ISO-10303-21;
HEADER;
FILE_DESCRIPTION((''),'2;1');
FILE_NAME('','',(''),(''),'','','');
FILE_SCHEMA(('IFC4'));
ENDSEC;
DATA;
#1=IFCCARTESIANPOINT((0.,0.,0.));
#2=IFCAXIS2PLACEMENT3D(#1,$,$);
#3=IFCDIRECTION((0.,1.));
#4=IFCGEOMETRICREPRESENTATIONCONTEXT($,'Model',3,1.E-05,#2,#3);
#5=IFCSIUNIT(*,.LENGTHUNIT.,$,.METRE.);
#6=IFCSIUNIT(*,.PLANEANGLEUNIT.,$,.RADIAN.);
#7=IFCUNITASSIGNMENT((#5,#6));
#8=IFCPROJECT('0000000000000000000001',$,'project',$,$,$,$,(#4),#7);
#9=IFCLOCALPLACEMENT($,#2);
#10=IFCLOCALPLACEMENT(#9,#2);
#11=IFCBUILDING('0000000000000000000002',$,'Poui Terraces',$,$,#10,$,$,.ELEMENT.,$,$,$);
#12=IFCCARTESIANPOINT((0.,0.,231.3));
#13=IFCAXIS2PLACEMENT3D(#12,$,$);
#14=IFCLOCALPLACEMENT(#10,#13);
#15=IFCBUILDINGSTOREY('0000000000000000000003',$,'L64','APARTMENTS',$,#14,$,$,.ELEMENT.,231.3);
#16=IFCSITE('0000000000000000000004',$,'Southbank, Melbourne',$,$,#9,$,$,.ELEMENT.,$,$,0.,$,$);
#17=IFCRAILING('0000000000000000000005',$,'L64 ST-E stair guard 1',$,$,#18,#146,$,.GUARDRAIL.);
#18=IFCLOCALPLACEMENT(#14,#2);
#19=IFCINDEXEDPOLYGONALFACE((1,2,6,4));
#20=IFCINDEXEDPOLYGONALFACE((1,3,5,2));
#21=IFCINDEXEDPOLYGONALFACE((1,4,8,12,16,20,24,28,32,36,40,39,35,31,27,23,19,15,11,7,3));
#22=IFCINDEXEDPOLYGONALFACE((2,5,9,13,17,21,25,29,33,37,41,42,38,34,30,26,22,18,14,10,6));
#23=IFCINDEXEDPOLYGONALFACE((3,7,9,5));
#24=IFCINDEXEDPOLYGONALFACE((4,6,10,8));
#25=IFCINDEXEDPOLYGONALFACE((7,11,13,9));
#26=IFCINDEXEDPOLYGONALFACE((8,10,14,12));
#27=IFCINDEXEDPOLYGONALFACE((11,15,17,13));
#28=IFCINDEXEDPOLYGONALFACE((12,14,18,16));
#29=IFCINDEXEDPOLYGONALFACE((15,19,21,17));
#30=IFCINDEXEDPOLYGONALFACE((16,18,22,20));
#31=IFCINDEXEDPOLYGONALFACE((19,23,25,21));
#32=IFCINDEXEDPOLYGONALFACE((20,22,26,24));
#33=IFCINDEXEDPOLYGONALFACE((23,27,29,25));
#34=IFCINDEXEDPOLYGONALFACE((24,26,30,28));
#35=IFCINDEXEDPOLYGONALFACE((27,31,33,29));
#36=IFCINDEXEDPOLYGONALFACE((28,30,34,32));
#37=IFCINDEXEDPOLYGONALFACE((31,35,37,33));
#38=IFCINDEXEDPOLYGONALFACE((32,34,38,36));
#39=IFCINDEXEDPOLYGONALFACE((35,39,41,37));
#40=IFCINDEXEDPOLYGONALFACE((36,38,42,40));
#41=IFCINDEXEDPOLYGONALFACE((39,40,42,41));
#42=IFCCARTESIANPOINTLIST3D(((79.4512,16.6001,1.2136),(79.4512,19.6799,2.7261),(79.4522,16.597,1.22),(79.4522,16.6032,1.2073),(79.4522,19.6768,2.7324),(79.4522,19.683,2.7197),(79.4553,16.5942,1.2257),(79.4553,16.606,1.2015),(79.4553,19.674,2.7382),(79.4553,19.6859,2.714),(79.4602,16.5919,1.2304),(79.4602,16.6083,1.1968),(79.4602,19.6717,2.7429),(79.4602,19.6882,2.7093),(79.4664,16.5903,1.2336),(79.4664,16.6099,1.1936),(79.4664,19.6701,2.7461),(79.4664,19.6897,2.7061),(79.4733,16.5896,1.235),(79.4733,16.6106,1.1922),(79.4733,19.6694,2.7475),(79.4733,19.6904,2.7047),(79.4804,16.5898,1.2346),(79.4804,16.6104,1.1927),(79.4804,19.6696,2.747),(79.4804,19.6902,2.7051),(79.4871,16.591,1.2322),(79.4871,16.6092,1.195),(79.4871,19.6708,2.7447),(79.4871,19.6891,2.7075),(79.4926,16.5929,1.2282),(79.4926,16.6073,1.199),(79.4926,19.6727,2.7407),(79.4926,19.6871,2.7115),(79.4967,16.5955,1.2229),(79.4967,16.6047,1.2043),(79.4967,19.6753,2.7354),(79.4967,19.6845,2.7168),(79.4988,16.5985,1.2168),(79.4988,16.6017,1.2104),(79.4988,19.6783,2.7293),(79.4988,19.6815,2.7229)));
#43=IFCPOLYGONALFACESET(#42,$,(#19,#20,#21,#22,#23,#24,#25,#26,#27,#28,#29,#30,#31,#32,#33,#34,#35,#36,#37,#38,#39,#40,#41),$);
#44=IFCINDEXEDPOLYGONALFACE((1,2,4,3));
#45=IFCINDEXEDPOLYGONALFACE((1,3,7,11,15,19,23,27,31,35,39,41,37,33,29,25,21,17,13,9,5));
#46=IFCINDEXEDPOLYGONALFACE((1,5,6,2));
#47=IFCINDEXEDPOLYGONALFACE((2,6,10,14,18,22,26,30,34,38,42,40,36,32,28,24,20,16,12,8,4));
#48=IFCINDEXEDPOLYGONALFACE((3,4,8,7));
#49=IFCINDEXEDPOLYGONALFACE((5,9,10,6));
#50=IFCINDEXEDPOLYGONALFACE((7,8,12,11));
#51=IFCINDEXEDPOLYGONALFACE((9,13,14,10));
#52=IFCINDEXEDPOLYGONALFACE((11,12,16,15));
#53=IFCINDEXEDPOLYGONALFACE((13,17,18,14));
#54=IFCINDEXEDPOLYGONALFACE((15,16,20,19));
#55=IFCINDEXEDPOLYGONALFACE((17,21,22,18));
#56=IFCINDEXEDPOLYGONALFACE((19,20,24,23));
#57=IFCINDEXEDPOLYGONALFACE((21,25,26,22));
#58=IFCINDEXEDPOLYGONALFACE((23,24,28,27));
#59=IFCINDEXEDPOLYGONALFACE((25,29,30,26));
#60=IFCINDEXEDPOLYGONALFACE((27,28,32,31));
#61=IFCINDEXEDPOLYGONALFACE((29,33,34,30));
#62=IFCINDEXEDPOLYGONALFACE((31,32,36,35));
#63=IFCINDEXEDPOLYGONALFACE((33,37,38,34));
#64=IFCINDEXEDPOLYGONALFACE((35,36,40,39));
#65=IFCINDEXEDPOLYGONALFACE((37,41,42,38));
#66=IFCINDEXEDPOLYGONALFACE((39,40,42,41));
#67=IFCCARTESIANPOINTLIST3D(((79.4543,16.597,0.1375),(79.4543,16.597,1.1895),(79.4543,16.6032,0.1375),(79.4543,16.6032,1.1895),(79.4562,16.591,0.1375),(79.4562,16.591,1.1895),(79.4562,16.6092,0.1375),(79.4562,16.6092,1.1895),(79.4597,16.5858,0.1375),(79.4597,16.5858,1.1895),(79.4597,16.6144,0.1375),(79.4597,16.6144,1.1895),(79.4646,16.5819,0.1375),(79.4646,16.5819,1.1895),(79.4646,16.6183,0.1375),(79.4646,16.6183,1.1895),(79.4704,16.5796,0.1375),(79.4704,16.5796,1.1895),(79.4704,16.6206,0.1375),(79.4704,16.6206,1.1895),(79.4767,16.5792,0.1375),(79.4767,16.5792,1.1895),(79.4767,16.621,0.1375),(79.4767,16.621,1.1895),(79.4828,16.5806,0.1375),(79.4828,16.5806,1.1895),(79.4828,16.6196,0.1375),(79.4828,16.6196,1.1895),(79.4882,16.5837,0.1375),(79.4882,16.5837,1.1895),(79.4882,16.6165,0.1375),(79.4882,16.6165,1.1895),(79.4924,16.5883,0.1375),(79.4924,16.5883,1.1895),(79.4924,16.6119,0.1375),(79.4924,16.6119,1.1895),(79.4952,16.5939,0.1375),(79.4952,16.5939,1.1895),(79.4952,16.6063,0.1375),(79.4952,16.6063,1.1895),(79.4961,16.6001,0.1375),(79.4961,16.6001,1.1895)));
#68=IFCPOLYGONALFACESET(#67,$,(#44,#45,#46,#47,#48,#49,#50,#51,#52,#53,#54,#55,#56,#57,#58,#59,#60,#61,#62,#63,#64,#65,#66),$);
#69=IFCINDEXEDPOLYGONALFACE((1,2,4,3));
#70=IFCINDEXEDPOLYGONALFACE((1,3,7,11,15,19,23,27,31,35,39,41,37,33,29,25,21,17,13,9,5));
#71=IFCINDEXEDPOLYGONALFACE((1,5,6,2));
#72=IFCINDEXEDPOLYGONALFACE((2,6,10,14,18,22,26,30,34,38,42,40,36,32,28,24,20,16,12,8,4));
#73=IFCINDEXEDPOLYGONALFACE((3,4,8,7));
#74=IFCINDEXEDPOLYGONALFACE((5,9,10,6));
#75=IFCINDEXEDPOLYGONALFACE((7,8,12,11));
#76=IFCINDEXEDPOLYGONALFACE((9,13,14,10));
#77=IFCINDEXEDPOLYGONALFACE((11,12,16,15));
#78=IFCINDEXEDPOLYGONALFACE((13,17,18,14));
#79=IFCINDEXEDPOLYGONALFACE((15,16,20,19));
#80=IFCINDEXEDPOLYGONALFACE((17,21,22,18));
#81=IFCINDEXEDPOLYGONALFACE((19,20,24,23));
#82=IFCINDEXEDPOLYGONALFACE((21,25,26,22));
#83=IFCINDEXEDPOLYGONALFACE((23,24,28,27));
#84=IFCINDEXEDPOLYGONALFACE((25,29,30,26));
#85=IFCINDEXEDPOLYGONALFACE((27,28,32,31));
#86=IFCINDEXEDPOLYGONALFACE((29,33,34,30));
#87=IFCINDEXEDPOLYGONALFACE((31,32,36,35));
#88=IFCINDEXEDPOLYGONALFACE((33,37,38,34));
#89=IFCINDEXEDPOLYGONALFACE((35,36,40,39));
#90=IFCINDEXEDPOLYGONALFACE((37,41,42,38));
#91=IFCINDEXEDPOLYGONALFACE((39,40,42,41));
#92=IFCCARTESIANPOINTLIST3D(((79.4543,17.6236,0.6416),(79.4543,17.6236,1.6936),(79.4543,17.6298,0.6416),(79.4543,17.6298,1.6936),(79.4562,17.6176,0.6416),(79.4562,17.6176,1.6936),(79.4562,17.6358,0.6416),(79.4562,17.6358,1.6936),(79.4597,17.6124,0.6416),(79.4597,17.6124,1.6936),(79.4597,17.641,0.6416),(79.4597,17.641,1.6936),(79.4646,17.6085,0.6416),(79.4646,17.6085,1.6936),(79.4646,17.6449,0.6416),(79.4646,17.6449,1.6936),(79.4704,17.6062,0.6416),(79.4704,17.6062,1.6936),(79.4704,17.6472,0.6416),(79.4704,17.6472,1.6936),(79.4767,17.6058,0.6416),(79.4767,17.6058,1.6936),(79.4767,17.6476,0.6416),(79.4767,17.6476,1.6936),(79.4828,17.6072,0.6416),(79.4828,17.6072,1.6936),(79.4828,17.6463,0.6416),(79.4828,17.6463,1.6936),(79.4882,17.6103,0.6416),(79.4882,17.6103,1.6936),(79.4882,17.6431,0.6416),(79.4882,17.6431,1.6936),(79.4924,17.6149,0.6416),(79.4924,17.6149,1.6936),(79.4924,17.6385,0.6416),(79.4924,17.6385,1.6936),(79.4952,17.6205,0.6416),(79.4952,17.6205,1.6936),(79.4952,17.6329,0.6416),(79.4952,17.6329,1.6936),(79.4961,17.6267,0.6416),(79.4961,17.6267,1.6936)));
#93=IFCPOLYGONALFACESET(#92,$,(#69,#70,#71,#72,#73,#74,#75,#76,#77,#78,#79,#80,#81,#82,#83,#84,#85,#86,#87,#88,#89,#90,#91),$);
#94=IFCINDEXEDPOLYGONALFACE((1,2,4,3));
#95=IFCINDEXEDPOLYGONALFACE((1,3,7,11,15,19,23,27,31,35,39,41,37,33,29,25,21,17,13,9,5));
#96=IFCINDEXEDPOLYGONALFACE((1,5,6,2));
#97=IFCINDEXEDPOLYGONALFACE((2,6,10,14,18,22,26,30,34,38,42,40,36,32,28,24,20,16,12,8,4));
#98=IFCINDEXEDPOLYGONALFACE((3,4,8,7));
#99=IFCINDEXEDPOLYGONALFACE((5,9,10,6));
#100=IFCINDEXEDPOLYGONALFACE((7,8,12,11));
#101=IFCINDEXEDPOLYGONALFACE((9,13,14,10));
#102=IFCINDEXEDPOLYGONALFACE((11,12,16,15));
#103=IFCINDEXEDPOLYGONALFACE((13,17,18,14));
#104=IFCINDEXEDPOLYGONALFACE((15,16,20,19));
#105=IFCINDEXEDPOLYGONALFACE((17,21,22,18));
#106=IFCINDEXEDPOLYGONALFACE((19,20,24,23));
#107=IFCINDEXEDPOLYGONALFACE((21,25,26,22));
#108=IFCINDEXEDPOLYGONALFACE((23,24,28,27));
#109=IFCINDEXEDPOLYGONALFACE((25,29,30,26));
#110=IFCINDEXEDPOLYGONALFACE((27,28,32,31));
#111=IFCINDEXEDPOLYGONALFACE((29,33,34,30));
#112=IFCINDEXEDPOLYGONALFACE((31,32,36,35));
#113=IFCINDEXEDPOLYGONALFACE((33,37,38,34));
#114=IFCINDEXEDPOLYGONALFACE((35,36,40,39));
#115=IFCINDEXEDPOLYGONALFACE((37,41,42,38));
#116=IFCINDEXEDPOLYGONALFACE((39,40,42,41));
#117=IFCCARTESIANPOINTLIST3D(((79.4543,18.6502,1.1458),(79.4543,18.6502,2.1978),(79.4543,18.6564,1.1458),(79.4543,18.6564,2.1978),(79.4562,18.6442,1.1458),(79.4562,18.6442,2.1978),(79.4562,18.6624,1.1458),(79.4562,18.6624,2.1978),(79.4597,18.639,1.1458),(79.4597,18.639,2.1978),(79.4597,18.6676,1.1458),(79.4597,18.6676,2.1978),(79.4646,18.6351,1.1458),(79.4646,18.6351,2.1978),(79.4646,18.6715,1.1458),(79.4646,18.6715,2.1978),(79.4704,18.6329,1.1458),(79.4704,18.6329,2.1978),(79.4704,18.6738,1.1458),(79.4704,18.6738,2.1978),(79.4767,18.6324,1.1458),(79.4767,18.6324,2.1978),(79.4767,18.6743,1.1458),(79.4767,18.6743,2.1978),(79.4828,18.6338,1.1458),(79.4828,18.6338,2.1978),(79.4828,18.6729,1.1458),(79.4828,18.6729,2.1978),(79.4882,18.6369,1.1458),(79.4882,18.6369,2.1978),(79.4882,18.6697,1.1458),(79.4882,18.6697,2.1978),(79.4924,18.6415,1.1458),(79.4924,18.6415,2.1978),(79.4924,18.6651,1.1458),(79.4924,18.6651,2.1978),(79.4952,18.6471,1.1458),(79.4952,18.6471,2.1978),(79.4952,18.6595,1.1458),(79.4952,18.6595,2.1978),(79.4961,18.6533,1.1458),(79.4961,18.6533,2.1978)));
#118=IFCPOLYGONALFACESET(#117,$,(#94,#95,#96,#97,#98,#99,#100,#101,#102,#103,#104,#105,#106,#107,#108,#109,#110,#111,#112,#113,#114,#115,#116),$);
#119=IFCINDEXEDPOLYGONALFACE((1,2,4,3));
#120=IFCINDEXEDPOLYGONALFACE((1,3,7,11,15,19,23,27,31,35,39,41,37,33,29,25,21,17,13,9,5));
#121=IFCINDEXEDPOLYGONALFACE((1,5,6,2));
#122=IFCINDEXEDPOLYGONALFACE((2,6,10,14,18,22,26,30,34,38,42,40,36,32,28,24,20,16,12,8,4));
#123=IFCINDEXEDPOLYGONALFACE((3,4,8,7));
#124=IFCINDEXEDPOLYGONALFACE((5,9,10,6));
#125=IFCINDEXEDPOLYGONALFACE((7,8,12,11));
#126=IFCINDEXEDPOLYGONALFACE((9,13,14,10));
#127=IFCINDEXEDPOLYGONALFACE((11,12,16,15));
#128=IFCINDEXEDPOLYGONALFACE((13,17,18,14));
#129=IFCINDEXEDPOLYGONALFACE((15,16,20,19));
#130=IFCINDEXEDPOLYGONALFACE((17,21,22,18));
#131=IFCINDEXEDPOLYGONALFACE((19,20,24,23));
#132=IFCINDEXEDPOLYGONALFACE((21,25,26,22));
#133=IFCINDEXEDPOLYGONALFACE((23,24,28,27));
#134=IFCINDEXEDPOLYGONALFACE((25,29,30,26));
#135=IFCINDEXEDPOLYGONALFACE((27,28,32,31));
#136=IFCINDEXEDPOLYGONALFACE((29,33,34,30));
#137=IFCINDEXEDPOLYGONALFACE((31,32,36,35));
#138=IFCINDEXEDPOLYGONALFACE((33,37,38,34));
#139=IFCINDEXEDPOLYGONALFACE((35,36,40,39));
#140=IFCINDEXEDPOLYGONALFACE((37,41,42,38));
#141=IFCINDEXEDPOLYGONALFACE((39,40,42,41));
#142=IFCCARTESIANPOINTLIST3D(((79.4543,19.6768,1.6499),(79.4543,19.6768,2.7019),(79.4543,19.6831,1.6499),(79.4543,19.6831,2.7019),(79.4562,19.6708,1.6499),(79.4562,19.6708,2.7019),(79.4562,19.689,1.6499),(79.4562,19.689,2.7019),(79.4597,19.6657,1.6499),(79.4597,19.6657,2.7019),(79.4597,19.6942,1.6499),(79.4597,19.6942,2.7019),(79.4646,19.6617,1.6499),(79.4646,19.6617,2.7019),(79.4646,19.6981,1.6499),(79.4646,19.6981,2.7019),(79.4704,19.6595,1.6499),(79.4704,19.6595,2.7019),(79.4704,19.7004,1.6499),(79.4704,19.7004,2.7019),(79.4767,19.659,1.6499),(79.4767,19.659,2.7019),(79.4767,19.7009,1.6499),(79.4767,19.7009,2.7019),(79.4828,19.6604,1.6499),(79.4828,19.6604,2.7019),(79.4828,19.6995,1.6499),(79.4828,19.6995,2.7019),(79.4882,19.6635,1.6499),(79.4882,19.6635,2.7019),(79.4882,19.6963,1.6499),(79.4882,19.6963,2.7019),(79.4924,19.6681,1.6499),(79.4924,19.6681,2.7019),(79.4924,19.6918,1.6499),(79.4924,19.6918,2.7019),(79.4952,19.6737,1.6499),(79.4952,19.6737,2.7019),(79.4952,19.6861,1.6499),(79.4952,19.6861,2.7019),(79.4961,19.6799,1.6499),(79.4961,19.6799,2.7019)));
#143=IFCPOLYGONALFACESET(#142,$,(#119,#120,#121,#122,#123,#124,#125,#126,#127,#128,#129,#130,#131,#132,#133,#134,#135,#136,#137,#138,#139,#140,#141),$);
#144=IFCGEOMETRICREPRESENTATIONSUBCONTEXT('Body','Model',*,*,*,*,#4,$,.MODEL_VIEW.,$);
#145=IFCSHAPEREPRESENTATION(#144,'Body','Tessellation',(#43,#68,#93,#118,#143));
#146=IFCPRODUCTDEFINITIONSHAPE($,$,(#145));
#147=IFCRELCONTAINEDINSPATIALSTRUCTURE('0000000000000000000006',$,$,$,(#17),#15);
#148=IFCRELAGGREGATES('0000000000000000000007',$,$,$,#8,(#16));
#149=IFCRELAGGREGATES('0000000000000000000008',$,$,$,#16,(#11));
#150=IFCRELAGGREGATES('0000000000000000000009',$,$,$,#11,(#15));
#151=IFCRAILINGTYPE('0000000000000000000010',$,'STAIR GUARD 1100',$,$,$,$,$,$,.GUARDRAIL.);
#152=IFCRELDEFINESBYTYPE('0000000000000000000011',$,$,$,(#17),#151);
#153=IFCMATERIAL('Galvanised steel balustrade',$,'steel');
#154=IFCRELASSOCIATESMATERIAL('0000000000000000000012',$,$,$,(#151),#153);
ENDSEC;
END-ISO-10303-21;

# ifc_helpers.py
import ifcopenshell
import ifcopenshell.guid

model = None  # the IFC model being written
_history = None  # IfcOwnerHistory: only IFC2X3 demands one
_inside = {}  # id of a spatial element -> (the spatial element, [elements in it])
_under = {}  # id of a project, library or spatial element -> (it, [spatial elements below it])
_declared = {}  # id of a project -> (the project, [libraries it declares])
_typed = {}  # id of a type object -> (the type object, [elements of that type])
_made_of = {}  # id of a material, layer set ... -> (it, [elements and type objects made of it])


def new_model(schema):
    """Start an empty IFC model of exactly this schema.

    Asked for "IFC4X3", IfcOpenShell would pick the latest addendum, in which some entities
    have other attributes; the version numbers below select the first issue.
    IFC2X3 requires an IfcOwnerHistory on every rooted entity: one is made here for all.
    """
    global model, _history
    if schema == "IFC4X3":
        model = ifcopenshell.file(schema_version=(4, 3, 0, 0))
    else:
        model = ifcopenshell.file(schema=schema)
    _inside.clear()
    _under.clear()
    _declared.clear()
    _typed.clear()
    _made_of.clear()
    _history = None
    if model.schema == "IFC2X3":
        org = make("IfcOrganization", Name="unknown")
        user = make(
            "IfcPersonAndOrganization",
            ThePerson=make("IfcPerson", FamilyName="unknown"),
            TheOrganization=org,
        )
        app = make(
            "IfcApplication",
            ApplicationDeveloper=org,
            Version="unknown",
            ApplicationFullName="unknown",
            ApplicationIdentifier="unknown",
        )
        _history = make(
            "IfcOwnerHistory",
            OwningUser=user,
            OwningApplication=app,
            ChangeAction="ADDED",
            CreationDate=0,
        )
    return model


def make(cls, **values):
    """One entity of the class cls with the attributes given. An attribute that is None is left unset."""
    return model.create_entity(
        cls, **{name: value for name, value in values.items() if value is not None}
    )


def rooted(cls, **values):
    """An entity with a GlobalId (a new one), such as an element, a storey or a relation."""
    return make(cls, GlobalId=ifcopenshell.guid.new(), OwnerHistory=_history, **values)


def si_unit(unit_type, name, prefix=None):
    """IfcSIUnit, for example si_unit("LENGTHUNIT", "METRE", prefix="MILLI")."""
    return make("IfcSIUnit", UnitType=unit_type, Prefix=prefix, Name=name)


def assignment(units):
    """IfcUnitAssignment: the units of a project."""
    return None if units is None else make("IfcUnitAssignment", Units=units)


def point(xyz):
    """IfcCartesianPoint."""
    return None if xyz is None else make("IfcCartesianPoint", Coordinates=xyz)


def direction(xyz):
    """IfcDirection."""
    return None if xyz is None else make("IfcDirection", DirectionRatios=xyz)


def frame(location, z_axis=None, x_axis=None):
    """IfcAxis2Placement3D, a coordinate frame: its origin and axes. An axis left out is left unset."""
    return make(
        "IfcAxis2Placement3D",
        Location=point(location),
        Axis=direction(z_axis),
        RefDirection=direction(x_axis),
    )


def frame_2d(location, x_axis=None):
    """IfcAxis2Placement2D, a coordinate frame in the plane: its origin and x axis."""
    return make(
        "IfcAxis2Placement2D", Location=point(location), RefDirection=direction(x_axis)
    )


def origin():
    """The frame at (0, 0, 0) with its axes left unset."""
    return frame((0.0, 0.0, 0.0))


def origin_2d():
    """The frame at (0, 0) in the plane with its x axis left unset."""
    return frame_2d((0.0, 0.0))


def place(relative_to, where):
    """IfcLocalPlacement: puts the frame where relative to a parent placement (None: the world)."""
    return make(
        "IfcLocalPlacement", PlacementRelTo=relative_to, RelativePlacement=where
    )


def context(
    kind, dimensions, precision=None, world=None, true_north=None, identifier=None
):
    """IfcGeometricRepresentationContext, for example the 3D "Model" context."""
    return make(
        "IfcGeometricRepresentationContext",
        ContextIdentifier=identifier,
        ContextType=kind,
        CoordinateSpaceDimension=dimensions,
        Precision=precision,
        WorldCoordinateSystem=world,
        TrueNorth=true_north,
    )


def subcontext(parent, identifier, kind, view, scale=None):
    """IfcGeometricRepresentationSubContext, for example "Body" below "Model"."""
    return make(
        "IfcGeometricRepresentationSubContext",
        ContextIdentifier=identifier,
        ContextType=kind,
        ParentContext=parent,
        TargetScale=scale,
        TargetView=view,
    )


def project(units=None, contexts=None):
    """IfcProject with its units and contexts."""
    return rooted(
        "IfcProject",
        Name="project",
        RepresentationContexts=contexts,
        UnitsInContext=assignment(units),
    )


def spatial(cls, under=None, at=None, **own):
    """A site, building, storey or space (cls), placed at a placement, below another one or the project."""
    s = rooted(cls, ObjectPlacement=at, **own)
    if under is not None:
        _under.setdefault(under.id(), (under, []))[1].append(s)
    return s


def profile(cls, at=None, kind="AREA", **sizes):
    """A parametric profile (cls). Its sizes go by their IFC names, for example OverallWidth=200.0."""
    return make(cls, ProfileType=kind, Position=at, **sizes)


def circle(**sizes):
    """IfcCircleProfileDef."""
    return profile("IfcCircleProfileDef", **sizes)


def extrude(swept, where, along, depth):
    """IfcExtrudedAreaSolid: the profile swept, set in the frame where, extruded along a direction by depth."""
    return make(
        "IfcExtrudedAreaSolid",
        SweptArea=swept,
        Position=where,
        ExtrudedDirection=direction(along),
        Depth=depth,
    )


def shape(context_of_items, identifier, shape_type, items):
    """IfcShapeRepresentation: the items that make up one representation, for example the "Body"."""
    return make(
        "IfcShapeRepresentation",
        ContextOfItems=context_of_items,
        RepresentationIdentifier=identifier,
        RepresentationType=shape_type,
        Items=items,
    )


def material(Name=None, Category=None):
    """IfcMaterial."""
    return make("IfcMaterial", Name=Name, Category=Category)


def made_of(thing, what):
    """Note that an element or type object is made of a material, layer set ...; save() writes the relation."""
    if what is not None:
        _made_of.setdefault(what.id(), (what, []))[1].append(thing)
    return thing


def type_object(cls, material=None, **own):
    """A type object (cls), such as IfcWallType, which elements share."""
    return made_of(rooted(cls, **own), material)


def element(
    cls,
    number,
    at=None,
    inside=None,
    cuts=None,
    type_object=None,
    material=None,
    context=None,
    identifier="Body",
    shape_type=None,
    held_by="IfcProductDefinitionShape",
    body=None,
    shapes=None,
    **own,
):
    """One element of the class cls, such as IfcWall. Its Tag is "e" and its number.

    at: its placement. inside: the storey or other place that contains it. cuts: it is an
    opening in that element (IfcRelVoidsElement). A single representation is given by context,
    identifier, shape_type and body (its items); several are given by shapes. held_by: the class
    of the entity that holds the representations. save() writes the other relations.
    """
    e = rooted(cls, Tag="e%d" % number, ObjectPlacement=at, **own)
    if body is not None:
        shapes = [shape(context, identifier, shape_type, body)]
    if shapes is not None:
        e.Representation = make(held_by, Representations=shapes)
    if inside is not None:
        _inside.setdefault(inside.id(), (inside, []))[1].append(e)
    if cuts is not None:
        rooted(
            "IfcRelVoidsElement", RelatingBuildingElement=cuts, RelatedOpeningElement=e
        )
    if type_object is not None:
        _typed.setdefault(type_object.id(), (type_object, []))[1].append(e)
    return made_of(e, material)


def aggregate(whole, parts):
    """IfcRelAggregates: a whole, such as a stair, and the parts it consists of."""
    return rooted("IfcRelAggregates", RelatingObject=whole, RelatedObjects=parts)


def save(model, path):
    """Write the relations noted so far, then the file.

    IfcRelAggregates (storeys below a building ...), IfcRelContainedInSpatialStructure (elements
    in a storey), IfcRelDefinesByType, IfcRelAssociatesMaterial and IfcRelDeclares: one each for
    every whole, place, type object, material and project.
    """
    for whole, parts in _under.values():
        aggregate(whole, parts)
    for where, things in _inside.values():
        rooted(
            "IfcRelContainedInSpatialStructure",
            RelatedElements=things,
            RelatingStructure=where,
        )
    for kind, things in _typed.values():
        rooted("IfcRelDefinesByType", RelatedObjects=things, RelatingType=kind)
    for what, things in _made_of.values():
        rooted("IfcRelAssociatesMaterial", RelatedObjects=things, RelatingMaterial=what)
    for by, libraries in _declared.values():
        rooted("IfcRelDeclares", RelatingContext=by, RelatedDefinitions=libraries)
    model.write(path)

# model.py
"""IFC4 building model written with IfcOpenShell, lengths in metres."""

from ifc_helpers import new_model, si_unit, direction, frame, origin, origin_2d, place, context, subcontext, project, spatial, circle, extrude, material, type_object, element, save


model = new_model("IFC4")

# Units and contexts
model_context = context("Model", 3, precision=1e-05, world=origin(), true_north=direction((0.0, 1.0)))
body_context = subcontext(model_context, "Body", "Model", "MODEL_VIEW")
ifc_project = project(units=[si_unit("LENGTHUNIT", "METRE"), si_unit("PLANEANGLEUNIT", "RADIAN")], contexts=[model_context])

# Site, building, storey
site_placement = place(None, origin())
site = spatial("IfcSite", under=ifc_project, at=site_placement, Name="Southbank, Melbourne", CompositionType="ELEMENT", RefElevation=0.0)
building_placement = place(site_placement, origin())
building = spatial("IfcBuilding", under=site, at=building_placement, Name="Poui Terraces", CompositionType="ELEMENT")
storey_placement = place(building_placement, frame((0.0, 0.0, 231.3)))
storey = spatial("IfcBuildingStorey", under=building, at=storey_placement, Name="L64", Description="APARTMENTS", CompositionType="ELEMENT", Elevation=231.3)

# Railing
ifc_material_1 = material(Name="Galvanised steel balustrade", Category="steel")
railing_type_1 = type_object("IfcRailingType", Name="STAIR GUARD 1100", PredefinedType="GUARDRAIL", material=ifc_material_1)
railing_1_placement = place(storey_placement, frame((79.4751, 16.6001, 0.1375)))
element("IfcRailing", 1, at=railing_1_placement, inside=storey, type_object=railing_type_1, Name="L64 ST-E stair guard 1", PredefinedType="GUARDRAIL", context=body_context, shape_type="SweptSolid", body=[
    extrude(circle(Radius=0.0239, at=origin_2d()), frame((0.0, 0.0, 1.0762), z_axis=(0.0, 0.897606, 0.440798), x_axis=(-1.0, 0.0, 0.0)), (0.0, 0.0, 1.0), 3.4312),
    extrude(circle(Radius=0.021, at=origin_2d()), origin(), (0.0, 0.0, 1.0), 1.052),
    extrude(circle(Radius=0.021, at=origin_2d()), frame((0.0, 1.0266, 0.5042)), (0.0, 0.0, 1.0), 1.052),
    extrude(circle(Radius=0.021, at=origin_2d()), frame((0.0, 2.0532, 1.0083)), (0.0, 0.0, 1.0), 1.052),
    extrude(circle(Radius=0.021, at=origin_2d()), frame((0.0, 3.0798, 1.5125)), (0.0, 0.0, 1.0), 1.052),
])

save(model, "model.ifc")
